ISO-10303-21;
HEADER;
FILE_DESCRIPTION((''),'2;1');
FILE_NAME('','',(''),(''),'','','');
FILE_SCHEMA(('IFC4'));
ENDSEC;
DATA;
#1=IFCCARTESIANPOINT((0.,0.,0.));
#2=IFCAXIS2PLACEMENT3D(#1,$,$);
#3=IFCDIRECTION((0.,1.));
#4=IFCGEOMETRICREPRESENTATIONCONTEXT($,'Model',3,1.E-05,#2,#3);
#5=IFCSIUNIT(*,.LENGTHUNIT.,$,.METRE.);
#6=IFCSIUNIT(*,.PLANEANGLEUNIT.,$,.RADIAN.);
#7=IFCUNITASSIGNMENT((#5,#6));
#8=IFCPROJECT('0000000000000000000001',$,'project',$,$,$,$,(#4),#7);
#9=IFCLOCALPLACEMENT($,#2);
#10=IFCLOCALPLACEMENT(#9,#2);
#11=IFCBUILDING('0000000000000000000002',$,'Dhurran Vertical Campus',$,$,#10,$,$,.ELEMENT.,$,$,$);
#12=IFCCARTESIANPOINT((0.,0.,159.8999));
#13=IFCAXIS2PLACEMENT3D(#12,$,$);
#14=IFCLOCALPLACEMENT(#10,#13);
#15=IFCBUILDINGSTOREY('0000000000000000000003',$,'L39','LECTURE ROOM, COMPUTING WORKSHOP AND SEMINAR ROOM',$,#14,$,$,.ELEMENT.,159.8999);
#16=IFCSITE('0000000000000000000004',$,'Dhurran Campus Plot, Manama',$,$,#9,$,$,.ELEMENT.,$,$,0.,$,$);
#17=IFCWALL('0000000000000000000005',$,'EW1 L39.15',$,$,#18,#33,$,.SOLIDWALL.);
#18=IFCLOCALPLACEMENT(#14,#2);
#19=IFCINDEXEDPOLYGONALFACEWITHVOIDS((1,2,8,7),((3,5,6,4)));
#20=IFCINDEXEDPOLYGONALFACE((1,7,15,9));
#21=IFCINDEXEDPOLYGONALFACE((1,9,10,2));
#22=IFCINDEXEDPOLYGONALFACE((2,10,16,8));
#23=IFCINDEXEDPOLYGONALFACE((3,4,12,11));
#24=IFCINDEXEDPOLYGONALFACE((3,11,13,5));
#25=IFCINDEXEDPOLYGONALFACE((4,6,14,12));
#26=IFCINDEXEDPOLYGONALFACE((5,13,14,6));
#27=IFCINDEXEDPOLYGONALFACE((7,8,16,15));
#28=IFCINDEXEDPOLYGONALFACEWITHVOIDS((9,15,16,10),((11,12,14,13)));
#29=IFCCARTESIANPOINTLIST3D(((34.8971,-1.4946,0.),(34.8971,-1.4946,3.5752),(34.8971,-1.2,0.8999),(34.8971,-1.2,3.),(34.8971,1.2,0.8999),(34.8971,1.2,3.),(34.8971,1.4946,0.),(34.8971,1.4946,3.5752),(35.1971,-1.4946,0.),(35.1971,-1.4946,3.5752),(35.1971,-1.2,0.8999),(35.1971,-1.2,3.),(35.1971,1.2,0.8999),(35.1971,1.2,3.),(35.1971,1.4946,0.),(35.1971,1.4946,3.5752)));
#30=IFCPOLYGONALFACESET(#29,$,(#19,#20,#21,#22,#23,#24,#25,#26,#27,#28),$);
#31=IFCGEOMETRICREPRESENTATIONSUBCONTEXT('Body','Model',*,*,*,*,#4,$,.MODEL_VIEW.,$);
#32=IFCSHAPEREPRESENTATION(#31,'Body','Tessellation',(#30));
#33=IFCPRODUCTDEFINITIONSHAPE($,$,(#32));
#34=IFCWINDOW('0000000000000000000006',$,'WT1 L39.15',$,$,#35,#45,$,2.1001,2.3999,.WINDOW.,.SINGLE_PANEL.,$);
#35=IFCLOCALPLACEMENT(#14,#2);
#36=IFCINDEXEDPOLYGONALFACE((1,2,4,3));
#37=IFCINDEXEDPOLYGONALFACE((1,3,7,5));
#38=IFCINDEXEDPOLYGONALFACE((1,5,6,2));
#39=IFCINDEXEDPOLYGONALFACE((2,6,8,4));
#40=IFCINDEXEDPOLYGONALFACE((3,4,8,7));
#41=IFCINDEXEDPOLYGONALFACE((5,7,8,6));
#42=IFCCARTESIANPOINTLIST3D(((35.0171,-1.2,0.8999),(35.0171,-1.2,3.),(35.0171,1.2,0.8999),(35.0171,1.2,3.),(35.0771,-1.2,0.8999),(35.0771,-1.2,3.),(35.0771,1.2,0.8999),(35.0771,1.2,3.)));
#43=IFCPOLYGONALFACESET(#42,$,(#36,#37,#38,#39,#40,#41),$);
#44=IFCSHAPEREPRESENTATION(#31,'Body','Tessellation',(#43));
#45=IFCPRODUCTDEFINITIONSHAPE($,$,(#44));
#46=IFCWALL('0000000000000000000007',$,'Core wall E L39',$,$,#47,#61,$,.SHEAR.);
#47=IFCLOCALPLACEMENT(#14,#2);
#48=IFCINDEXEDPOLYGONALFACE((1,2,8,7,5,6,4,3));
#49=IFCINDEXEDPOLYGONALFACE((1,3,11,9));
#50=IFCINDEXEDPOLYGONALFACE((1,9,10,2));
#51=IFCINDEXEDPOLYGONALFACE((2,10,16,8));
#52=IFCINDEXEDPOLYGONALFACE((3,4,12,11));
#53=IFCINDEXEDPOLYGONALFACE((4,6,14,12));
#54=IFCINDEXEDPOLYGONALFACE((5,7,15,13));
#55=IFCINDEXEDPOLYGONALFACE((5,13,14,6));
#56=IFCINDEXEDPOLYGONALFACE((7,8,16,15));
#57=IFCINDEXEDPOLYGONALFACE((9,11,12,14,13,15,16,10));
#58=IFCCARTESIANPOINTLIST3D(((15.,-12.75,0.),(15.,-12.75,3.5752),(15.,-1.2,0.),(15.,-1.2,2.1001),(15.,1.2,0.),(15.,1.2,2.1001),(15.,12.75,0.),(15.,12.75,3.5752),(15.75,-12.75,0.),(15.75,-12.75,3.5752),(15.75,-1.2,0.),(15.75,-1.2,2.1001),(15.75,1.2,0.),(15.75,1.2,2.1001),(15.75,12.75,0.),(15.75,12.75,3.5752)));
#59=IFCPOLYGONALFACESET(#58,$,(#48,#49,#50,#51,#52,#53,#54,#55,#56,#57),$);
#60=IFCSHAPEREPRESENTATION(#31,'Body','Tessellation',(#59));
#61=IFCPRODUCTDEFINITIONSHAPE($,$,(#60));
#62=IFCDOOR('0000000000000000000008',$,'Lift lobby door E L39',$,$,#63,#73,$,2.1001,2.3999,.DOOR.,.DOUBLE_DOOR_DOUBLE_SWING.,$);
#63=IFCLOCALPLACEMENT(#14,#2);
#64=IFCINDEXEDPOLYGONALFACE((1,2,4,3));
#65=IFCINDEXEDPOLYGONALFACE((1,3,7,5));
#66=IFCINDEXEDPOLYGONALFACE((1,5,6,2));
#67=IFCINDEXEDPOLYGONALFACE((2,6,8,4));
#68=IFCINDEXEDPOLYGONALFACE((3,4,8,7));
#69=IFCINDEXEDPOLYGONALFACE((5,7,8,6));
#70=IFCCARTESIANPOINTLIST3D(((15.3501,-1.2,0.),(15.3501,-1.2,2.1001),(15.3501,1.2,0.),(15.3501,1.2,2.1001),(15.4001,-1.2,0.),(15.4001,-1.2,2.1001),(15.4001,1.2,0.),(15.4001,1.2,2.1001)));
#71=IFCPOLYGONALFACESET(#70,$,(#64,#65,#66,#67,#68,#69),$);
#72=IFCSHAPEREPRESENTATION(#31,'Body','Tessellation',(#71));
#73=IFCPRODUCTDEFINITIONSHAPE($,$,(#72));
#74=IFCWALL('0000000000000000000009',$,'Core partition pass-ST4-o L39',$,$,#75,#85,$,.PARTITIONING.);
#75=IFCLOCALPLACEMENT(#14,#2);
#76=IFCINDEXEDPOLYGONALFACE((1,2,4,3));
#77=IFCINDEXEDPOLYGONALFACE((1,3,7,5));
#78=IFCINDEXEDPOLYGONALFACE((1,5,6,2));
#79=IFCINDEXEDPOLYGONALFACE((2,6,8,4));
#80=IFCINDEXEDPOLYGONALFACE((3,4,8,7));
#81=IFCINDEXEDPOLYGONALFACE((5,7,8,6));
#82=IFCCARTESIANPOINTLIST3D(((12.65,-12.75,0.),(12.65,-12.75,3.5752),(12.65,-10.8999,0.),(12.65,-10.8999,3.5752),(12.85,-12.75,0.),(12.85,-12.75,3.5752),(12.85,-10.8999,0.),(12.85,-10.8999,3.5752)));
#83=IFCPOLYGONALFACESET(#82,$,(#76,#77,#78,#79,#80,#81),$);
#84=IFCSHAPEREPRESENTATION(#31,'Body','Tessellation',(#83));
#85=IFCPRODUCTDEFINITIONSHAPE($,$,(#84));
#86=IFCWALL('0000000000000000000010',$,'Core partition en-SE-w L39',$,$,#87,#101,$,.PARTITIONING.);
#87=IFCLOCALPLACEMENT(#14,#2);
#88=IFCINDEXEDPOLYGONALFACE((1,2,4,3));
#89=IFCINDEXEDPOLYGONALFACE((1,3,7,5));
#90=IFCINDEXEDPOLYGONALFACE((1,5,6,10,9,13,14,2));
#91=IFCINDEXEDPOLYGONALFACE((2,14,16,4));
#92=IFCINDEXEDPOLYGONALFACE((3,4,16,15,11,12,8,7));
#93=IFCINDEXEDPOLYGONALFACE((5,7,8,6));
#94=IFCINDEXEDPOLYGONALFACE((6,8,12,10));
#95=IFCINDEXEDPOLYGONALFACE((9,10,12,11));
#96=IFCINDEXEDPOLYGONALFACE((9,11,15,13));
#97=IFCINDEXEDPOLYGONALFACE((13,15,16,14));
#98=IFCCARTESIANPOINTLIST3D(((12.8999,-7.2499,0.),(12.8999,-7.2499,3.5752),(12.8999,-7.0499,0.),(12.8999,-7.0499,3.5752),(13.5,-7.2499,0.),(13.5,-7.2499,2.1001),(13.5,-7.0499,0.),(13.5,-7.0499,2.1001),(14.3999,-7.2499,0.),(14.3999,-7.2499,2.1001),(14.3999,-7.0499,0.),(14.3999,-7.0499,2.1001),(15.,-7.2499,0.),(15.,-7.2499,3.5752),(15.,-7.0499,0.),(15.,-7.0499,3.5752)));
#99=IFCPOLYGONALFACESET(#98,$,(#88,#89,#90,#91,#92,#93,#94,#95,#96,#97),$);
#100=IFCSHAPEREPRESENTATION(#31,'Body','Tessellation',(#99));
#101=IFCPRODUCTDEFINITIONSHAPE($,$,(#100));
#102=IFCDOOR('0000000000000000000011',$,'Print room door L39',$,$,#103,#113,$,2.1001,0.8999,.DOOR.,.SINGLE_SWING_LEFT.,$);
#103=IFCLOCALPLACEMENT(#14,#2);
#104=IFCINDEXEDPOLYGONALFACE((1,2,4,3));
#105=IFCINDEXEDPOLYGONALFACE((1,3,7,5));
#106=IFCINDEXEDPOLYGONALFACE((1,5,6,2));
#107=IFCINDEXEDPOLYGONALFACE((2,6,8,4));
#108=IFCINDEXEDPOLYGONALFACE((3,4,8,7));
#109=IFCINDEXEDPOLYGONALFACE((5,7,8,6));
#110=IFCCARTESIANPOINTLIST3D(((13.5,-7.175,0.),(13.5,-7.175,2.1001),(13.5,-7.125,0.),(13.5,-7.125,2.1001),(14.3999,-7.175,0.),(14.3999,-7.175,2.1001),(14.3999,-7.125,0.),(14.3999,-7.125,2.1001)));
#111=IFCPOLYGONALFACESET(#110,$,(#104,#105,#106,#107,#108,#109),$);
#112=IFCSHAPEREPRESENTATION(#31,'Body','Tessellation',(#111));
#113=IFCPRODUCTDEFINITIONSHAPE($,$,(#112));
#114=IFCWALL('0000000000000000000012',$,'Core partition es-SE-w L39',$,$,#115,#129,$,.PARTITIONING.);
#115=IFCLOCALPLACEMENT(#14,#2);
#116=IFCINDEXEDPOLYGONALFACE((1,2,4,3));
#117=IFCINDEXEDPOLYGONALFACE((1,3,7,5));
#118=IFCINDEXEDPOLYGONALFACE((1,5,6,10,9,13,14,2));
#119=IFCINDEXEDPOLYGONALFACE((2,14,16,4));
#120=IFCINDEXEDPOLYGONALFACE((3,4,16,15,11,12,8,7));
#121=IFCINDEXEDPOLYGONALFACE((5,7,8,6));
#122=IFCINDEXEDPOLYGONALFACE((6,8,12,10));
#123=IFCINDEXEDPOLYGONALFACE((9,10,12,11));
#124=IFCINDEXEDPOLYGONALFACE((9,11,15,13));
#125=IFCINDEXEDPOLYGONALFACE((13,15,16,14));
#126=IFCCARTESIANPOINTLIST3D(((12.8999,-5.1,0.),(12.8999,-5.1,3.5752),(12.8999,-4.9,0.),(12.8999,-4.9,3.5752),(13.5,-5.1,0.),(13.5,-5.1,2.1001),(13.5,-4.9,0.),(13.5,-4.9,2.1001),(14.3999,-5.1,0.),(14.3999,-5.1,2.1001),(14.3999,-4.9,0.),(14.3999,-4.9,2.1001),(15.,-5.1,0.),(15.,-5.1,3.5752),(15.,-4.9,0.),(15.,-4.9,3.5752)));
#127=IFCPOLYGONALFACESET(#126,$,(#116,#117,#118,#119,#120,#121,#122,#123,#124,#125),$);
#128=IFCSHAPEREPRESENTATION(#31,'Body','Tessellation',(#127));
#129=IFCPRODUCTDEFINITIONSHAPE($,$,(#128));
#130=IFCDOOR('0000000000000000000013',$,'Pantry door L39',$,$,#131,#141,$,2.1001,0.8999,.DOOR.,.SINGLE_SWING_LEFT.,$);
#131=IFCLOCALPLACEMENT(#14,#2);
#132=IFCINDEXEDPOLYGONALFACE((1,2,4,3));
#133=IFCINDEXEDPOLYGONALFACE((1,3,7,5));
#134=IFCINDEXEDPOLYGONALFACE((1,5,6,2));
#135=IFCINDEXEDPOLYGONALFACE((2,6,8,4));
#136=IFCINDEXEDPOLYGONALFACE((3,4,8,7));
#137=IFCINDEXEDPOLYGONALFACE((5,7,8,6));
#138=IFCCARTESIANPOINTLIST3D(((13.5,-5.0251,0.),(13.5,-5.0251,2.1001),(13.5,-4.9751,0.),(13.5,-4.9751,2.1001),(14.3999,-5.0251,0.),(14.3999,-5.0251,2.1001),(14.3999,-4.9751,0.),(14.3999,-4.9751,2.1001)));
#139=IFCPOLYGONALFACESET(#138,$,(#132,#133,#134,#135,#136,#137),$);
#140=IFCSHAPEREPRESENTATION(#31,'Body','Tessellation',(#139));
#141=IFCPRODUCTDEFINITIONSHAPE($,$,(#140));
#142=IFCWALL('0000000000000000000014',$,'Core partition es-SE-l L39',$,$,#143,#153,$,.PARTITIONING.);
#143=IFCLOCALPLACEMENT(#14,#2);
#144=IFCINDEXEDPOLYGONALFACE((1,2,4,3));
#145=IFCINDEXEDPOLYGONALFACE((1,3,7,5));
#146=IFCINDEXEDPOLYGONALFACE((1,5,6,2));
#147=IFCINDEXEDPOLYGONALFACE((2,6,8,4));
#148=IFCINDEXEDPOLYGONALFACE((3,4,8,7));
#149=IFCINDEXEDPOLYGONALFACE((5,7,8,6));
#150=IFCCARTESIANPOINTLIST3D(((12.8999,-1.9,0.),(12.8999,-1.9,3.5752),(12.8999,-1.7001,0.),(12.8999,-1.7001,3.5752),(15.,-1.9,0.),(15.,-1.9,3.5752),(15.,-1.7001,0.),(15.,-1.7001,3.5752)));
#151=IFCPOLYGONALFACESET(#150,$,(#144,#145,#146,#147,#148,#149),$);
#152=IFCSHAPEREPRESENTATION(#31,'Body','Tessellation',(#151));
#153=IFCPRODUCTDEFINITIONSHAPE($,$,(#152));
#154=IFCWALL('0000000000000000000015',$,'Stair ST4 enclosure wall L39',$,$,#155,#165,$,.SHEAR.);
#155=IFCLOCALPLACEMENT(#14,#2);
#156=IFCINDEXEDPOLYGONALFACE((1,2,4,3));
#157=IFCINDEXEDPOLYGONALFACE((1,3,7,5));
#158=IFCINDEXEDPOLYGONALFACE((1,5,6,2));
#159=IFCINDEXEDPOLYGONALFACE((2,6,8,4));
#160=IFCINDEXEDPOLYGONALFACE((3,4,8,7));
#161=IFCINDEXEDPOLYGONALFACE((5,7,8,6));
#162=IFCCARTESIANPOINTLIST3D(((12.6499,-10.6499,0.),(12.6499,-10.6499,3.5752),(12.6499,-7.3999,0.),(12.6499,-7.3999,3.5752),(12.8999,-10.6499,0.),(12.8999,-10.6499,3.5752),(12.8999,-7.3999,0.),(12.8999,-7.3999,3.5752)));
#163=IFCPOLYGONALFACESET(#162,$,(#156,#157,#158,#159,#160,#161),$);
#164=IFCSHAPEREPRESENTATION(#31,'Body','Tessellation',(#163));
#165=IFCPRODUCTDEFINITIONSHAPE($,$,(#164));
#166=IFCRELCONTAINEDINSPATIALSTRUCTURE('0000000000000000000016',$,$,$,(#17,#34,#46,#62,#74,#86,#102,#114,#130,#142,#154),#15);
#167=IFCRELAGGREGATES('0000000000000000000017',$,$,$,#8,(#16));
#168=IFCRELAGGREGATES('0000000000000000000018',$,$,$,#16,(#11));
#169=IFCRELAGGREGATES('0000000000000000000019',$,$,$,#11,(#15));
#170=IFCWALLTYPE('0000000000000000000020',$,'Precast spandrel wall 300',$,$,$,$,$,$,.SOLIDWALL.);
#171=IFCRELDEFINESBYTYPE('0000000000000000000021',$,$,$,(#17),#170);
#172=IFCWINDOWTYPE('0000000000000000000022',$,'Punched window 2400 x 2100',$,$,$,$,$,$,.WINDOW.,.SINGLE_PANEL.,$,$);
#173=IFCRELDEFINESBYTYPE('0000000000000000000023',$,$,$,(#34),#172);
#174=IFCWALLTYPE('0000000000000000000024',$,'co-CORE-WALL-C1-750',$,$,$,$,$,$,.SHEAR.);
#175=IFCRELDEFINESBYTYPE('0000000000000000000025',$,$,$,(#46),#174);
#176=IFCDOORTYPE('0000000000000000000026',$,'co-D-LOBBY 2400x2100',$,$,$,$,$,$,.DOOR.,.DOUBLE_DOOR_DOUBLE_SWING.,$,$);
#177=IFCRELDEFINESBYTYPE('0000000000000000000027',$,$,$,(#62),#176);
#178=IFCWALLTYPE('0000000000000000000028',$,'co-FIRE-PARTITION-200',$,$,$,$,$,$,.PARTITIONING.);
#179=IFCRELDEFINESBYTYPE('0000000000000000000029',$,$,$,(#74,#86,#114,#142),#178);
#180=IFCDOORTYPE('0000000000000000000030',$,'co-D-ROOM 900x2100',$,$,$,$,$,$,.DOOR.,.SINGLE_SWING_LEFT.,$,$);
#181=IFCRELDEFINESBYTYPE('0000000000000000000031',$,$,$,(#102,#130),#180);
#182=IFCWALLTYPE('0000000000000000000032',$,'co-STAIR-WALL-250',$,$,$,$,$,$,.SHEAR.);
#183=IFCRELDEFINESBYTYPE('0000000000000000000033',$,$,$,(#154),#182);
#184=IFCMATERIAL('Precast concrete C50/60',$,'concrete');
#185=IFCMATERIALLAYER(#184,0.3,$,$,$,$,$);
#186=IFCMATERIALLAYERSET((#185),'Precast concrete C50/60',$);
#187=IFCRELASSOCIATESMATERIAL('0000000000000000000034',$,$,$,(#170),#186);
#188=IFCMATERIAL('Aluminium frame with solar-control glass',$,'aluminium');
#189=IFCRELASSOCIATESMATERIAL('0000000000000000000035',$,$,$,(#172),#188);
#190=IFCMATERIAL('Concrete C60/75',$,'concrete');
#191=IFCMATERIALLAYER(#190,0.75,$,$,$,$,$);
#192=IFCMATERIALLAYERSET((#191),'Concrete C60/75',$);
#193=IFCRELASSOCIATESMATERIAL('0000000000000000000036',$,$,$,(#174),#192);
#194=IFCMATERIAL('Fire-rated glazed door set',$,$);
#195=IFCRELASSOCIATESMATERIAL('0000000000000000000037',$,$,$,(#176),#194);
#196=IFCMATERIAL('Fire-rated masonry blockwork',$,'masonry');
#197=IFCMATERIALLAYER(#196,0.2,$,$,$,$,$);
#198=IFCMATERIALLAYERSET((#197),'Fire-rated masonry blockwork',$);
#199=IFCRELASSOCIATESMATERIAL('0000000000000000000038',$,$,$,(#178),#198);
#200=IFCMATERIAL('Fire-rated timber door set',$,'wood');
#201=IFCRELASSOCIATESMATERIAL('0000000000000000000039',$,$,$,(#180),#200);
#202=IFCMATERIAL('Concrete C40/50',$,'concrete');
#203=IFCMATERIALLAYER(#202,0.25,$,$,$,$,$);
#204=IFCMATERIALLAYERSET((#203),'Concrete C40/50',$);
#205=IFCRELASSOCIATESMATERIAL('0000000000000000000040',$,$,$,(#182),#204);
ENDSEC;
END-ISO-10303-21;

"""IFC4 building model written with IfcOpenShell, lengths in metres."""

from ifc_helpers import new_model, si_unit, direction, frame, frame_2d, origin, place, context, subcontext, project, spatial, rectangle, extrude, material, layer, layer_set, type_object, element, fill, save


model = new_model("IFC4")

# Units and contexts
model_context = context("Model", 3, precision=1e-05, world=origin(), true_north=direction((0.0, 1.0)))
body_context = subcontext(model_context, "Body", "Model", "MODEL_VIEW")
ifc_project = project(units=[si_unit("LENGTHUNIT", "METRE"), si_unit("PLANEANGLEUNIT", "RADIAN")], contexts=[model_context])

# Site, building, storey
site_placement = place(None, origin())
site = spatial("IfcSite", under=ifc_project, at=site_placement, Name="Dhurran Campus Plot, Manama", CompositionType="ELEMENT", RefElevation=0.0)
building_placement = place(site_placement, origin())
building = spatial("IfcBuilding", under=site, at=building_placement, Name="Dhurran Vertical Campus", CompositionType="ELEMENT")
storey_placement = place(building_placement, frame((0.0, 0.0, 159.8999)))
storey = spatial("IfcBuildingStorey", under=building, at=storey_placement, Name="L39", Description="LECTURE ROOM, COMPUTING WORKSHOP AND SEMINAR ROOM", CompositionType="ELEMENT", Elevation=159.8999)

# Wall, opening, window
ifc_material_1 = material(Name="Precast concrete C50/60", Category="concrete")
ifc_layer_1 = layer(ifc_material_1, 0.3)
ifc_layer_set_1 = layer_set([ifc_layer_1], Name="Precast concrete C50/60")
wall_type_1 = type_object("IfcWallType", Name="Precast spandrel wall 300", PredefinedType="SOLIDWALL", material=ifc_layer_set_1)
ifc_material_2 = material(Name="Aluminium frame with solar-control glass", Category="aluminium")
window_type = type_object("IfcWindowType", Name="Punched window 2400 x 2100", PartitioningType="SINGLE_PANEL", PredefinedType="WINDOW", material=ifc_material_2)
wall_1_placement = place(storey_placement, frame((35.0471, -1.4946, 0.0), z_axis=(0.0, 0.0, 1.0), x_axis=(0.0, 1.0, 0.0)))
wall_1 = element("IfcWall", 1, at=wall_1_placement, inside=storey, type_object=wall_type_1, Name="EW1 L39.15", PredefinedType="SOLIDWALL", context=body_context, shape_type="SweptSolid", body=[
    extrude(rectangle(XDim=2.9893, YDim=0.3, at=frame_2d((1.4946, 0.0))), origin(), (0.0, 0.0, 1.0), 3.5752),
])
opening_1_placement = place(wall_1_placement, frame((0.2947, 0.0, 0.8999)))
opening_1 = element("IfcOpeningElement", 2, at=opening_1_placement, cuts=wall_1, PredefinedType="OPENING", context=body_context, shape_type="SweptSolid", body=[
    extrude(rectangle(XDim=2.3999, YDim=2.1001, at=frame_2d((1.2, 1.05))), frame((0.0, 0.1599, 0.0), z_axis=(0.0, -1.0, 0.0), x_axis=(1.0, 0.0, 0.0)), (0.0, 0.0, 1.0), 0.3201),
])
window_1_placement = place(opening_1_placement, origin())
window_1 = element("IfcWindow", 3, at=window_1_placement, inside=storey, type_object=window_type, Name="WT1 L39.15", OverallHeight=2.1001, OverallWidth=2.3999, PartitioningType="SINGLE_PANEL", PredefinedType="WINDOW", context=body_context, shape_type="SweptSolid", body=[
    extrude(rectangle(XDim=2.3999, YDim=2.1001, at=frame_2d((1.2, 1.05))), frame((0.0, 0.03, 0.0), z_axis=(0.0, -1.0, 0.0), x_axis=(1.0, 0.0, 0.0)), (0.0, 0.0, 1.0), 0.0601),
])
fill(opening_1, window_1)

# Wall, opening, door
ifc_material_3 = material(Name="Concrete C60/75", Category="concrete")
ifc_layer_2 = layer(ifc_material_3, 0.75)
ifc_layer_set_2 = layer_set([ifc_layer_2], Name="Concrete C60/75")
wall_type_2 = type_object("IfcWallType", Name="co-CORE-WALL-C1-750", PredefinedType="SHEAR", material=ifc_layer_set_2)
wall_2_placement = place(storey_placement, frame((15.375, -12.75, 0.0), z_axis=(0.0, 0.0, 1.0), x_axis=(0.0, 1.0, 0.0)))
wall_2 = element("IfcWall", 4, at=wall_2_placement, inside=storey, type_object=wall_type_2, Name="Core wall E L39", PredefinedType="SHEAR", context=body_context, shape_type="SweptSolid", body=[
    extrude(rectangle(XDim=25.5, YDim=0.75, at=frame_2d((12.75, 0.0))), origin(), (0.0, 0.0, 1.0), 3.5752),
])
opening_2_placement = place(wall_2_placement, frame((11.55, 0.0, 0.0)))
opening_2 = element("IfcOpeningElement", 5, at=opening_2_placement, cuts=wall_2, PredefinedType="OPENING", context=body_context, shape_type="SweptSolid", body=[
    extrude(rectangle(XDim=2.3999, YDim=2.1001, at=frame_2d((1.2, 1.05))), frame((0.0, 0.385, 0.0), z_axis=(0.0, -1.0, 0.0), x_axis=(1.0, 0.0, 0.0)), (0.0, 0.0, 1.0), 0.77),
])
ifc_material_4 = material(Name="Fire-rated glazed door set")
door_type_1 = type_object("IfcDoorType", Name="co-D-LOBBY 2400x2100", OperationType="DOUBLE_DOOR_DOUBLE_SWING", PredefinedType="DOOR", material=ifc_material_4)
door_1_placement = place(opening_2_placement, origin())
door_1 = element("IfcDoor", 6, at=door_1_placement, inside=storey, type_object=door_type_1, Name="Lift lobby door E L39", OperationType="DOUBLE_DOOR_DOUBLE_SWING", OverallHeight=2.1001, OverallWidth=2.3999, PredefinedType="DOOR", context=body_context, shape_type="SweptSolid", body=[
    extrude(rectangle(XDim=2.3999, YDim=2.1001, at=frame_2d((1.2, 1.05))), frame((0.0, 0.0249, 0.0), z_axis=(0.0, -1.0, 0.0), x_axis=(1.0, 0.0, 0.0)), (0.0, 0.0, 1.0), 0.05),
])
fill(opening_2, door_1)

# Wall
ifc_material_5 = material(Name="Fire-rated masonry blockwork", Category="masonry")
ifc_layer_3 = layer(ifc_material_5, 0.2)
ifc_layer_set_3 = layer_set([ifc_layer_3], Name="Fire-rated masonry blockwork")
wall_type_3 = type_object("IfcWallType", Name="co-FIRE-PARTITION-200", PredefinedType="PARTITIONING", material=ifc_layer_set_3)
wall_3_placement = place(storey_placement, frame((12.75, -12.75, 0.0), z_axis=(0.0, 0.0, 1.0), x_axis=(0.0, 1.0, 0.0)))
element("IfcWall", 7, at=wall_3_placement, inside=storey, type_object=wall_type_3, Name="Core partition pass-ST4-o L39", PredefinedType="PARTITIONING", context=body_context, shape_type="SweptSolid", body=[
    extrude(rectangle(XDim=1.8501, YDim=0.2, at=frame_2d((0.925, 0.0))), origin(), (0.0, 0.0, 1.0), 3.5752),
])

# Walls, openings, doors
wall_4_placement = place(storey_placement, frame((12.8999, -7.1499, 0.0), z_axis=(0.0, 0.0, 1.0), x_axis=(1.0, 0.0, 0.0)))
wall_4 = element("IfcWall", 8, at=wall_4_placement, inside=storey, type_object=wall_type_3, Name="Core partition en-SE-w L39", PredefinedType="PARTITIONING", context=body_context, shape_type="SweptSolid", body=[
    extrude(rectangle(XDim=2.1001, YDim=0.2, at=frame_2d((1.05, 0.0))), origin(), (0.0, 0.0, 1.0), 3.5752),
])
opening_3_placement = place(wall_4_placement, frame((0.6001, 0.0, 0.0)))
opening_3 = element("IfcOpeningElement", 9, at=opening_3_placement, cuts=wall_4, PredefinedType="OPENING", context=body_context, shape_type="SweptSolid", body=[
    extrude(rectangle(XDim=0.8999, YDim=2.1001, at=frame_2d((0.45, 1.05))), frame((0.0, 0.1099, 0.0), z_axis=(0.0, -1.0, 0.0), x_axis=(1.0, 0.0, 0.0)), (0.0, 0.0, 1.0), 0.22),
])
ifc_material_6 = material(Name="Fire-rated timber door set", Category="wood")
door_type_2 = type_object("IfcDoorType", Name="co-D-ROOM 900x2100", OperationType="SINGLE_SWING_LEFT", PredefinedType="DOOR", material=ifc_material_6)
door_2_placement = place(opening_3_placement, origin())
door_2 = element("IfcDoor", 10, at=door_2_placement, inside=storey, type_object=door_type_2, Name="Print room door L39", OperationType="SINGLE_SWING_LEFT", OverallHeight=2.1001, OverallWidth=0.8999, PredefinedType="DOOR", context=body_context, shape_type="SweptSolid", body=[
    extrude(rectangle(XDim=0.8999, YDim=2.1001, at=frame_2d((0.45, 1.05))), frame((0.0, 0.0249, 0.0), z_axis=(0.0, -1.0, 0.0), x_axis=(1.0, 0.0, 0.0)), (0.0, 0.0, 1.0), 0.05),
])
fill(opening_3, door_2)
wall_5_placement = place(storey_placement, frame((12.8999, -5.0, 0.0), z_axis=(0.0, 0.0, 1.0), x_axis=(1.0, 0.0, 0.0)))
wall_5 = element("IfcWall", 11, at=wall_5_placement, inside=storey, type_object=wall_type_3, Name="Core partition es-SE-w L39", PredefinedType="PARTITIONING", context=body_context, shape_type="SweptSolid", body=[
    extrude(rectangle(XDim=2.1001, YDim=0.2, at=frame_2d((1.05, 0.0))), origin(), (0.0, 0.0, 1.0), 3.5752),
])
opening_4_placement = place(wall_5_placement, frame((0.6001, 0.0, 0.0)))
opening_4 = element("IfcOpeningElement", 12, at=opening_4_placement, cuts=wall_5, PredefinedType="OPENING", context=body_context, shape_type="SweptSolid", body=[
    extrude(rectangle(XDim=0.8999, YDim=2.1001, at=frame_2d((0.45, 1.05))), frame((0.0, 0.1099, 0.0), z_axis=(0.0, -1.0, 0.0), x_axis=(1.0, 0.0, 0.0)), (0.0, 0.0, 1.0), 0.22),
])
door_3_placement = place(opening_4_placement, origin())
door_3 = element("IfcDoor", 13, at=door_3_placement, inside=storey, type_object=door_type_2, Name="Pantry door L39", OperationType="SINGLE_SWING_LEFT", OverallHeight=2.1001, OverallWidth=0.8999, PredefinedType="DOOR", context=body_context, shape_type="SweptSolid", body=[
    extrude(rectangle(XDim=0.8999, YDim=2.1001, at=frame_2d((0.45, 1.05))), frame((0.0, 0.0249, 0.0), z_axis=(0.0, -1.0, 0.0), x_axis=(1.0, 0.0, 0.0)), (0.0, 0.0, 1.0), 0.05),
])
fill(opening_4, door_3)

# Walls
wall_6_placement = place(storey_placement, frame((12.8999, -1.8, 0.0), z_axis=(0.0, 0.0, 1.0), x_axis=(1.0, 0.0, 0.0)))
element("IfcWall", 14, at=wall_6_placement, inside=storey, type_object=wall_type_3, Name="Core partition es-SE-l L39", PredefinedType="PARTITIONING", context=body_context, shape_type="SweptSolid", body=[
    extrude(rectangle(XDim=2.1001, YDim=0.2, at=frame_2d((1.05, 0.0))), origin(), (0.0, 0.0, 1.0), 3.5752),
])
ifc_material_7 = material(Name="Concrete C40/50", Category="concrete")
ifc_layer_4 = layer(ifc_material_7, 0.25)
ifc_layer_set_4 = layer_set([ifc_layer_4], Name="Concrete C40/50")
wall_type_4 = type_object("IfcWallType", Name="co-STAIR-WALL-250", PredefinedType="SHEAR", material=ifc_layer_set_4)
wall_7_placement = place(storey_placement, frame((12.7749, -10.6499, 0.0), z_axis=(0.0, 0.0, 1.0), x_axis=(0.0, 1.0, 0.0)))
element("IfcWall", 15, at=wall_7_placement, inside=storey, type_object=wall_type_4, Name="Stair ST4 enclosure wall L39", PredefinedType="SHEAR", context=body_context, shape_type="SweptSolid", body=[
    extrude(rectangle(XDim=3.25, YDim=0.25, at=frame_2d((1.625, 0.0))), origin(), (0.0, 0.0, 1.0), 3.5752),
])

save(model, "model.ifc")
